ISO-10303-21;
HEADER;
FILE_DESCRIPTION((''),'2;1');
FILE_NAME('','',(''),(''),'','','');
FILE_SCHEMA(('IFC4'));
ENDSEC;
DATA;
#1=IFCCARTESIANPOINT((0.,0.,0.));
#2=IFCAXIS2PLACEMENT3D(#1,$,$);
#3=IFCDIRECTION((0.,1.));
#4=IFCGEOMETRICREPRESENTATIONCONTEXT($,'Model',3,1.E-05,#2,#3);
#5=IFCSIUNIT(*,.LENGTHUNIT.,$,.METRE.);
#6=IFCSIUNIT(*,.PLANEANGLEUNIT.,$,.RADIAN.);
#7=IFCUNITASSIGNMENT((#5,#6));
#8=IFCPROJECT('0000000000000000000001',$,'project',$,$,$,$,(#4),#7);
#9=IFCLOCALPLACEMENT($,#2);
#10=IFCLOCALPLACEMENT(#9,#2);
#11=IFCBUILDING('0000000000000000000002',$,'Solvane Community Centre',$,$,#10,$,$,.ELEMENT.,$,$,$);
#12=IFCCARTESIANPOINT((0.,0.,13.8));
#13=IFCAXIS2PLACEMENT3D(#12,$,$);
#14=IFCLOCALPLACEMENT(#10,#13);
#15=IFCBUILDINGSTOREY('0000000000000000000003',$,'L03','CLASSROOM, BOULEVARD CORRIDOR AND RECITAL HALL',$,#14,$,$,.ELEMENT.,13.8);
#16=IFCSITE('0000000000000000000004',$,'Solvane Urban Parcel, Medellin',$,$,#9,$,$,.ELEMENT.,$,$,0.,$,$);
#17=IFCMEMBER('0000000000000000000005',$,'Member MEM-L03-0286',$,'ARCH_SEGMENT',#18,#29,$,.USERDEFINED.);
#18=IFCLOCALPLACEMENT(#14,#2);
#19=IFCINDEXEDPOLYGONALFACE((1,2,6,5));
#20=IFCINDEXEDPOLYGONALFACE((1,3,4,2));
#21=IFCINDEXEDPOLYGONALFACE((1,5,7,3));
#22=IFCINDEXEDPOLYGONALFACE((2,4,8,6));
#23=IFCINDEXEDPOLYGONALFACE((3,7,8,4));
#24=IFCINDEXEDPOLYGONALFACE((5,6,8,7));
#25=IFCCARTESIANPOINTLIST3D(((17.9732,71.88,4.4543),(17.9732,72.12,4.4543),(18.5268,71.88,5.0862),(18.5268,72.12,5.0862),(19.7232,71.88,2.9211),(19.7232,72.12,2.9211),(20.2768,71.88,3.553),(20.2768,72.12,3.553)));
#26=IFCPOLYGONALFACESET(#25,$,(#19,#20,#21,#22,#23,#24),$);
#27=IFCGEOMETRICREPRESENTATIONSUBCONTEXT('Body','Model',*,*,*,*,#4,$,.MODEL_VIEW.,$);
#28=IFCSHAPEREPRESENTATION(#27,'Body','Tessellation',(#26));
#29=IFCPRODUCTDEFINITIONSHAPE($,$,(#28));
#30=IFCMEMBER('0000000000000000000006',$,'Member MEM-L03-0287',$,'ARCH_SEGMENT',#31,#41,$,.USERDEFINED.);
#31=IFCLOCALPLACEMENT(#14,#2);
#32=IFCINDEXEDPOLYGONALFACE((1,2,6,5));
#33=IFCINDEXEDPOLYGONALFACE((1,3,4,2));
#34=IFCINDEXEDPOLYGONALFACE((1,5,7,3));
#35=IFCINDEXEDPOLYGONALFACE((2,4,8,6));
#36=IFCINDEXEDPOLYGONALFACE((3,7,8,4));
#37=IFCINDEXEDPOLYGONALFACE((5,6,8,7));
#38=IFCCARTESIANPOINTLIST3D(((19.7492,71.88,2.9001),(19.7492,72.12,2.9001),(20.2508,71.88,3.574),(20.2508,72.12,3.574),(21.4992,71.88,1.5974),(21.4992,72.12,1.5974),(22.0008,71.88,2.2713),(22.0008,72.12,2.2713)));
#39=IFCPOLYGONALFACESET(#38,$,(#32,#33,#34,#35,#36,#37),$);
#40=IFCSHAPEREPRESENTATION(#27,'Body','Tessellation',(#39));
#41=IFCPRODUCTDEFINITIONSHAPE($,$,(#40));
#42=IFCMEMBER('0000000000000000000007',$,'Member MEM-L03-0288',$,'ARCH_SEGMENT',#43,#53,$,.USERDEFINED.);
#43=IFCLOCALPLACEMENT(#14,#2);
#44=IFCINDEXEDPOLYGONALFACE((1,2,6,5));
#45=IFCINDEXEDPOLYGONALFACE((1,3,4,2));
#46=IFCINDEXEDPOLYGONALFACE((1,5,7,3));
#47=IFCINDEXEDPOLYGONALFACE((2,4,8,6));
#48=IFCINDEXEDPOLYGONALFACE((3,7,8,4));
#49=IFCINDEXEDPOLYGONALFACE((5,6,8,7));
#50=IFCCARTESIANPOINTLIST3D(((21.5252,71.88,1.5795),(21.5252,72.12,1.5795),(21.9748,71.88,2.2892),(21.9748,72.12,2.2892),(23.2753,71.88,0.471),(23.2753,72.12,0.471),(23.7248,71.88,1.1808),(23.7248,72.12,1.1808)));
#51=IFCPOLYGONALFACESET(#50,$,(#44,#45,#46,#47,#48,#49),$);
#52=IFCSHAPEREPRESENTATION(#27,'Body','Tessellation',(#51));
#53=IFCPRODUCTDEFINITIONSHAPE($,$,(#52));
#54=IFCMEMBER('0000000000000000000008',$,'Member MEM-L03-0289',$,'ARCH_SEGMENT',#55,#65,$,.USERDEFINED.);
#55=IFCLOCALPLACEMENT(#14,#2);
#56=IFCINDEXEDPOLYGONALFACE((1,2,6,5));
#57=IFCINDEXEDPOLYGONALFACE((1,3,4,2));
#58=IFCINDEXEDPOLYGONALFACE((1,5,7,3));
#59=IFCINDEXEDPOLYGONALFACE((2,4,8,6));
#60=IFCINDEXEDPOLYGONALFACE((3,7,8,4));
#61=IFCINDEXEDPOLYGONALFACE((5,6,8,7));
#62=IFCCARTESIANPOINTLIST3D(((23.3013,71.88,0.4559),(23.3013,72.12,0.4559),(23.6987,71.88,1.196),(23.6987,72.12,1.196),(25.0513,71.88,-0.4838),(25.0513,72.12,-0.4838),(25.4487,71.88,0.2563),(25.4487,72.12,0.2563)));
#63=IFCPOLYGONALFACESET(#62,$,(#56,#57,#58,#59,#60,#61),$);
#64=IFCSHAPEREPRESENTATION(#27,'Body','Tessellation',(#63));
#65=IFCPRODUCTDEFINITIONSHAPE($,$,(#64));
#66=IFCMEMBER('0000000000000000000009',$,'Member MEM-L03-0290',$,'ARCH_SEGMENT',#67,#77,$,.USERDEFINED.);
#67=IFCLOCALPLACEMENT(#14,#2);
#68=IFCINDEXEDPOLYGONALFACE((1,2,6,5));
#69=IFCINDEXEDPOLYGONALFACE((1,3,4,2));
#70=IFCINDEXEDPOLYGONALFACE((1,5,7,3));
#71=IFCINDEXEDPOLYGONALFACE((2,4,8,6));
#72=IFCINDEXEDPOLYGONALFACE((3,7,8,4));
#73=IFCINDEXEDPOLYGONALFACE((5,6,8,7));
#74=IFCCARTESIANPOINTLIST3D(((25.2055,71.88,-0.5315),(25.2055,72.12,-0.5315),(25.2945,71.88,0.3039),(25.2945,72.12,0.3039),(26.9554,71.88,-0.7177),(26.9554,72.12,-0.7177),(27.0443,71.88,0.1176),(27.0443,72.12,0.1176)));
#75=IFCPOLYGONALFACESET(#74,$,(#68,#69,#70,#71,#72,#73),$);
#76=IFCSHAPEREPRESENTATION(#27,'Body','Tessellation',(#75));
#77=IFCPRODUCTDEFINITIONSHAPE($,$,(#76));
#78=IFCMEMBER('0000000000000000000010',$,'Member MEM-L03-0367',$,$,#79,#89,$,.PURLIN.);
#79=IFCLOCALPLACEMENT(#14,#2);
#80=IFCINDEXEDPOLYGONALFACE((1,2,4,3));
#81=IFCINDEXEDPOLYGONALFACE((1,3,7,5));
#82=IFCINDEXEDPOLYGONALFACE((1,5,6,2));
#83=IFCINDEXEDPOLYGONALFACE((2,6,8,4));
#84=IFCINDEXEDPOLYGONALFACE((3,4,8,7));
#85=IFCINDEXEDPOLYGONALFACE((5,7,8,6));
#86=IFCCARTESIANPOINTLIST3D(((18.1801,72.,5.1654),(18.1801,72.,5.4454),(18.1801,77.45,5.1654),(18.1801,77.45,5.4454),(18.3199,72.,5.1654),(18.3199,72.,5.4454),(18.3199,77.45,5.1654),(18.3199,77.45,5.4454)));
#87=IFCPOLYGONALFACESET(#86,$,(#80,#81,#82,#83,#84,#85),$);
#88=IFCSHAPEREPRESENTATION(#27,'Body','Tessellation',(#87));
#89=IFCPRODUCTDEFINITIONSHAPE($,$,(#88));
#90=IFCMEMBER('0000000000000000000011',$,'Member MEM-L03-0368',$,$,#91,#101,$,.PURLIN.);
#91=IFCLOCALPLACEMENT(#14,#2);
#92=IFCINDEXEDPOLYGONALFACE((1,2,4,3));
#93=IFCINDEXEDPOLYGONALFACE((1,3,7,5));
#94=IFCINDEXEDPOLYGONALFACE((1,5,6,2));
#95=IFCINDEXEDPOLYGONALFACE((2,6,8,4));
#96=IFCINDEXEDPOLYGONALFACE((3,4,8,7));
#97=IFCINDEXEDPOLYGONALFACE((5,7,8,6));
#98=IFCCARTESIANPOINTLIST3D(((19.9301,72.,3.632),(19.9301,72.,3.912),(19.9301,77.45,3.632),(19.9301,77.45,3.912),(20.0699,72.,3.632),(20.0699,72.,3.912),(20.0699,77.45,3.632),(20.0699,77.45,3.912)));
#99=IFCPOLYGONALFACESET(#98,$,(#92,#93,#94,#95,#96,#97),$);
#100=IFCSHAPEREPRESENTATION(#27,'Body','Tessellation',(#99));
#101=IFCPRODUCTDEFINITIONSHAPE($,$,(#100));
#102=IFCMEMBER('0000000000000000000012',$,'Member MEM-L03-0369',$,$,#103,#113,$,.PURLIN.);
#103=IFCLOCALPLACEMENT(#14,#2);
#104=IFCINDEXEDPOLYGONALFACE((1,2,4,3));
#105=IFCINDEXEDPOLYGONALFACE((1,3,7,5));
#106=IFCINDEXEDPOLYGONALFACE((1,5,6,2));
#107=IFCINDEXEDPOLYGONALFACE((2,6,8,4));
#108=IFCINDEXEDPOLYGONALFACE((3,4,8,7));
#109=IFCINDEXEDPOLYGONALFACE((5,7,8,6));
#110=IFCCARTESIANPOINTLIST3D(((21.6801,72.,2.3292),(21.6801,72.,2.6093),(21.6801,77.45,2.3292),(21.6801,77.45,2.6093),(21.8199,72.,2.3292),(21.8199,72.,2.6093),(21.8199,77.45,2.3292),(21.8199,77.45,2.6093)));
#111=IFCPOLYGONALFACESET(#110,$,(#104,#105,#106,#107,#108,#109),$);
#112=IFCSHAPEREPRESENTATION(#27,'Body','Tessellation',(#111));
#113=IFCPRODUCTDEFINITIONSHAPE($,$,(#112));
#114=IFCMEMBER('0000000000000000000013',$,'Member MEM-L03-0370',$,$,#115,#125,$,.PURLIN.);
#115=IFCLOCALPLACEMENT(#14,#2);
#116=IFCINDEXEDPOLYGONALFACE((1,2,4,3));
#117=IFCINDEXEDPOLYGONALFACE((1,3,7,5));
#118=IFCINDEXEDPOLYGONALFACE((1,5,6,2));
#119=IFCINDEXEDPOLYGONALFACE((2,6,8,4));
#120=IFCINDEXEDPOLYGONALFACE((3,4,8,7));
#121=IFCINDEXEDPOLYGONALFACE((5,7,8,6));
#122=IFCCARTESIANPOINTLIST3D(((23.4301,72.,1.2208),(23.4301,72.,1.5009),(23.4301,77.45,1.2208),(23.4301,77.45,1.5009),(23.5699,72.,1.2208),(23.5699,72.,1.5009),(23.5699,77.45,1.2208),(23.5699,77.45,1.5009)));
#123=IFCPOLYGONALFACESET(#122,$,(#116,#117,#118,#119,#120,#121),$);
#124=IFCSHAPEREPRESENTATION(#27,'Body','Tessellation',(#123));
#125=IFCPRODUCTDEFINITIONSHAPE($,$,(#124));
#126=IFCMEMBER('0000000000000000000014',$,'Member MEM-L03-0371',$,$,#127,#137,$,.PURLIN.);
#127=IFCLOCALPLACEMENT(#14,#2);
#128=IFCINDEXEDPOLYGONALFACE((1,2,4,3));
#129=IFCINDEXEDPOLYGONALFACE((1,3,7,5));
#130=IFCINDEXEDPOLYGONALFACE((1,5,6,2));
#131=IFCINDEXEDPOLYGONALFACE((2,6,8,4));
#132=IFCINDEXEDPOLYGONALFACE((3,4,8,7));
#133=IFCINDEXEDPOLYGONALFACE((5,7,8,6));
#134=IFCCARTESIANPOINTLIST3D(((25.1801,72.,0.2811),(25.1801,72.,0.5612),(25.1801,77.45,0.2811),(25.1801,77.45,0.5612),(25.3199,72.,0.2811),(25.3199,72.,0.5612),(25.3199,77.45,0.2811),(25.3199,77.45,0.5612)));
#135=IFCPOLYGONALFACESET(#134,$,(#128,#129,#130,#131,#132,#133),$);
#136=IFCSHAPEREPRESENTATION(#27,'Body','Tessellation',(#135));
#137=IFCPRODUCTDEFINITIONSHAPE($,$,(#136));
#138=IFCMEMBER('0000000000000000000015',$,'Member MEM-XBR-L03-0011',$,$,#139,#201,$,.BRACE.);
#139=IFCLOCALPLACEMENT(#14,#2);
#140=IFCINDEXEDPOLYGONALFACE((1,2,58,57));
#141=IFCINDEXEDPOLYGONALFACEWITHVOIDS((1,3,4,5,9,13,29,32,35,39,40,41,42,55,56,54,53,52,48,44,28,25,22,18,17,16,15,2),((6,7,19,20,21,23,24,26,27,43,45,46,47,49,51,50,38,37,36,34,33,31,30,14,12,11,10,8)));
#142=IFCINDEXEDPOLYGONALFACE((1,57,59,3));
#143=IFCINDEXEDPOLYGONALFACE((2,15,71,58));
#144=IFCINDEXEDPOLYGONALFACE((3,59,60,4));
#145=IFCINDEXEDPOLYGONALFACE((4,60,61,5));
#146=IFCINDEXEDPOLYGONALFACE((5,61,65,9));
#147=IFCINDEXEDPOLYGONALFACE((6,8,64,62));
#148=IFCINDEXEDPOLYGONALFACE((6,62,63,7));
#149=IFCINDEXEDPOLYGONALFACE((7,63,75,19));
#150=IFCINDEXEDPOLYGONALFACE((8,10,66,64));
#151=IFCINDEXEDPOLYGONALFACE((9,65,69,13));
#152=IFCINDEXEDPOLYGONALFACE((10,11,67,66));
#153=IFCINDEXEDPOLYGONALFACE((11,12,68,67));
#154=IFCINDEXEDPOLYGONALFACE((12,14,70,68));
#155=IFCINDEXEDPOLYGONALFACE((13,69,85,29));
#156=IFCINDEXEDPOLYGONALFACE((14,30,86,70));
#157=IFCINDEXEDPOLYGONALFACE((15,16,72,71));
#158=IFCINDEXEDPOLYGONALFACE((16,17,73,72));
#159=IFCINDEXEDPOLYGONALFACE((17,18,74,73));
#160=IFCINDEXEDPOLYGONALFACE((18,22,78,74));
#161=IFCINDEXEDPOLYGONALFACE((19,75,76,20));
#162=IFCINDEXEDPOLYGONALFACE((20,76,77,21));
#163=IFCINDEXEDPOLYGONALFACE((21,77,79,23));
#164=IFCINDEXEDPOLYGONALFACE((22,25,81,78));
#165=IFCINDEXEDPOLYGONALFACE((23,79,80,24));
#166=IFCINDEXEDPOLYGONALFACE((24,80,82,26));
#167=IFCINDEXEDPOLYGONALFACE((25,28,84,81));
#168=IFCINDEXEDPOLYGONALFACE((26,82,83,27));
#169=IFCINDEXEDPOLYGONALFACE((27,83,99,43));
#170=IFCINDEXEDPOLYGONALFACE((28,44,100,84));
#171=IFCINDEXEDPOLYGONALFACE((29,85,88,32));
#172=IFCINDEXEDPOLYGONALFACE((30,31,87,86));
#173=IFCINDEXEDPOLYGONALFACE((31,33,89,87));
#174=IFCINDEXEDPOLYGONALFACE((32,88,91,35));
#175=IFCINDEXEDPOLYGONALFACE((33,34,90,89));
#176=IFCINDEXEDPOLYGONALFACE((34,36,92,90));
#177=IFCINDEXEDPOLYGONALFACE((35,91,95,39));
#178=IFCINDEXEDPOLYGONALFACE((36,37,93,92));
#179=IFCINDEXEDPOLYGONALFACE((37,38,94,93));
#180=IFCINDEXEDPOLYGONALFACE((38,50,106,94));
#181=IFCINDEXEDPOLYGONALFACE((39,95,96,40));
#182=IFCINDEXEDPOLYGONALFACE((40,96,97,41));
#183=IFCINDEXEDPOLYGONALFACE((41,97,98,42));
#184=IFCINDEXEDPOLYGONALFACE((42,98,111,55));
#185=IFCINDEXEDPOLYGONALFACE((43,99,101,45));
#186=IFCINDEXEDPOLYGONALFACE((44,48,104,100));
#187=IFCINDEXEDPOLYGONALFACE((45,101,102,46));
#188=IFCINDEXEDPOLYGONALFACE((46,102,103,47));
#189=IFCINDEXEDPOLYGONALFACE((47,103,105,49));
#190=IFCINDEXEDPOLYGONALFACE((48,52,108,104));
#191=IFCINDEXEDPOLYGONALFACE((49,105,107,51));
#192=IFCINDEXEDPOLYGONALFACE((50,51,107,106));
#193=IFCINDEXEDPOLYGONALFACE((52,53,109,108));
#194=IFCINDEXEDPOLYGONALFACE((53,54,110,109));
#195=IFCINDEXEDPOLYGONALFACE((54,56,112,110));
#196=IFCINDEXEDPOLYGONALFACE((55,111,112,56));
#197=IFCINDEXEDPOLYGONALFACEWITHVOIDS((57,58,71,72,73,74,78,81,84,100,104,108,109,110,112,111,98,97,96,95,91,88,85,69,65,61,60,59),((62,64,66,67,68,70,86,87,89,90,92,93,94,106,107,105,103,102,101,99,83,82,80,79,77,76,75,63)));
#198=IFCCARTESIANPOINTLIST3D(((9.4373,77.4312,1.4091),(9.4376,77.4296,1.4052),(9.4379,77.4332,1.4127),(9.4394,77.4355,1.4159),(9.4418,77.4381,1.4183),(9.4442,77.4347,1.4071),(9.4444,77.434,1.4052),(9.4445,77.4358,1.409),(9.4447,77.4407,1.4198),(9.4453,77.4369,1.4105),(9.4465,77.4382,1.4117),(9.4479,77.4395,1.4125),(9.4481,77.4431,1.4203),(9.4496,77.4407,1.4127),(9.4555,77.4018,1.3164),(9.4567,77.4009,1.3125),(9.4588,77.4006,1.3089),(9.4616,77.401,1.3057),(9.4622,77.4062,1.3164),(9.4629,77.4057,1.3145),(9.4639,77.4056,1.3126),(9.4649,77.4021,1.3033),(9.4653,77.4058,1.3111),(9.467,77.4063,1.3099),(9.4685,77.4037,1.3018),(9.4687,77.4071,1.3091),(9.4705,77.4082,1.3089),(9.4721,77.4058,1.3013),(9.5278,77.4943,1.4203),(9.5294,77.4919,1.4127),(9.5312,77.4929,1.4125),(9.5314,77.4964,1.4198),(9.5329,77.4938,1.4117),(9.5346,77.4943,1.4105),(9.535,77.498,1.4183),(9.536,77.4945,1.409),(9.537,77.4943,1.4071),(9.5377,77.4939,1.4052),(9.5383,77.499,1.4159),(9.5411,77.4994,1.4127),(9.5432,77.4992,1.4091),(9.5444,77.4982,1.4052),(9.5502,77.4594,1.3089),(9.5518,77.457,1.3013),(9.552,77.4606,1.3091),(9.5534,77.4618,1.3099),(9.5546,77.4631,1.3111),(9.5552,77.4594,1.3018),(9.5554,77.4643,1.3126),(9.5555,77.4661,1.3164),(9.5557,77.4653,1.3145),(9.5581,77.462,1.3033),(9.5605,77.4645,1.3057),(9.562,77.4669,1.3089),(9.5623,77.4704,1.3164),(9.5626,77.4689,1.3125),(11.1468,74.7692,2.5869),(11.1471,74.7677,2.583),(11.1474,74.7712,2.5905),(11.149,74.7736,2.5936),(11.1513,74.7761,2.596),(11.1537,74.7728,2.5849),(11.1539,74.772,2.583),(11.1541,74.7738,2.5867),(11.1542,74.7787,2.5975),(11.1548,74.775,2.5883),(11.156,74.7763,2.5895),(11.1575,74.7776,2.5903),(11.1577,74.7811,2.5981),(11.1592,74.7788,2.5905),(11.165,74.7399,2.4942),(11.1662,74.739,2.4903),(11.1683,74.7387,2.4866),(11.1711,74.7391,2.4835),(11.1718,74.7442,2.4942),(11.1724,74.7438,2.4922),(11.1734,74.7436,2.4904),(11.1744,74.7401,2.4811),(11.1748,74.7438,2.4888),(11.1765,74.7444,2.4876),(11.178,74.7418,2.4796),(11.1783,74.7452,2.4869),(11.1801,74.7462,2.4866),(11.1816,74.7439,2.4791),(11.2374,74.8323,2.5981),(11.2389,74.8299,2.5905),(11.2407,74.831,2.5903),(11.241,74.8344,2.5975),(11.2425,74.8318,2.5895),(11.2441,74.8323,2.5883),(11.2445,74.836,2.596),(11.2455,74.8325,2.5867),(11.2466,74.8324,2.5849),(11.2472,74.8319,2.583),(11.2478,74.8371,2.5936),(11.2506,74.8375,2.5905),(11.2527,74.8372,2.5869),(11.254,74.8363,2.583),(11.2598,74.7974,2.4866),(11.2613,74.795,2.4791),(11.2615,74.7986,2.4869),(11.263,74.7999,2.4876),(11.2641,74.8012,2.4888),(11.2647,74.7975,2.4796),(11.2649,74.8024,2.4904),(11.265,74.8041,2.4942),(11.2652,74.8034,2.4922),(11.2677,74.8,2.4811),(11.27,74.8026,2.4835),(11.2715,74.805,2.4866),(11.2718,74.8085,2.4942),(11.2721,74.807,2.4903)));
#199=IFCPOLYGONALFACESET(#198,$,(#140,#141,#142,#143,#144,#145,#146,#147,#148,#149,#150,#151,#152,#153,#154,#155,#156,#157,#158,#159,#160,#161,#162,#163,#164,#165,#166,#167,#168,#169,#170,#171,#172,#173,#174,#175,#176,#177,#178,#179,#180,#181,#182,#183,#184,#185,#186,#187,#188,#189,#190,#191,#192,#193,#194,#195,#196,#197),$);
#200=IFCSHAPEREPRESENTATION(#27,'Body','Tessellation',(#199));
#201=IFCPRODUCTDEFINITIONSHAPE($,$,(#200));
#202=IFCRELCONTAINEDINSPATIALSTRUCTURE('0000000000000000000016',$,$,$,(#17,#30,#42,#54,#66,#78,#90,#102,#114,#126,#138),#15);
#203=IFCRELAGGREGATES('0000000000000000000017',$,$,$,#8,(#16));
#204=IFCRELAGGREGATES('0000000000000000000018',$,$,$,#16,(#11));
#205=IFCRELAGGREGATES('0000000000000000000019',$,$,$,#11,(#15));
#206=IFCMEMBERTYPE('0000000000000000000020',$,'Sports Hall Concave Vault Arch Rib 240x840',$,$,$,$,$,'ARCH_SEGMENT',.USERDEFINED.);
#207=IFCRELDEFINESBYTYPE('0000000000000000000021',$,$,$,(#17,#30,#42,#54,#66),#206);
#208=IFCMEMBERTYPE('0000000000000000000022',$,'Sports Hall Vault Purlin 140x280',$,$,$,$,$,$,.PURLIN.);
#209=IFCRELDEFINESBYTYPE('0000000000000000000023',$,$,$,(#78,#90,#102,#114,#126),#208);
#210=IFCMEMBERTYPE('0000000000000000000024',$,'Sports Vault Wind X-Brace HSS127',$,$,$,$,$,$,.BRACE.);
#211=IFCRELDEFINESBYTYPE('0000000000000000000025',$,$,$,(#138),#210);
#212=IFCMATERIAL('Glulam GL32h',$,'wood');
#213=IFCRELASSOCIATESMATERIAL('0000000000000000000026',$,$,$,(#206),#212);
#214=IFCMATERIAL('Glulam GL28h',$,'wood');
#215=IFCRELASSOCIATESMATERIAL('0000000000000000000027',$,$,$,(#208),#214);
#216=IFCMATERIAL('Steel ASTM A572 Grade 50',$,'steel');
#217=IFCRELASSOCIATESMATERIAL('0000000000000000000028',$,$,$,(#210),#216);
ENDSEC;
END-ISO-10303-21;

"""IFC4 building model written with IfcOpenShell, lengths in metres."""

from ifc_helpers import new_model, si_unit, direction, frame, origin, origin_2d, place, context, subcontext, project, spatial, rectangle, hollow_rectangle, extrude, material, material_profile, profile_set, type_object, element, save


model = new_model("IFC4")

# Units and contexts
model_context = context("Model", 3, precision=1e-05, world=origin(), true_north=direction((0.0, 1.0)))
body_context = subcontext(model_context, "Body", "Model", "MODEL_VIEW")
ifc_project = project(units=[si_unit("LENGTHUNIT", "METRE"), si_unit("PLANEANGLEUNIT", "RADIAN")], contexts=[model_context])

# Site, building, storey
site_placement = place(None, origin())
site = spatial("IfcSite", under=ifc_project, at=site_placement, Name="Solvane Urban Parcel, Medellin", CompositionType="ELEMENT", RefElevation=0.0)
building_placement = place(site_placement, origin())
building = spatial("IfcBuilding", under=site, at=building_placement, Name="Solvane Community Centre", CompositionType="ELEMENT")
storey_placement = place(building_placement, frame((0.0, 0.0, 13.8)))
storey = spatial("IfcBuildingStorey", under=building, at=storey_placement, Name="L03", Description="CLASSROOM, BOULEVARD CORRIDOR AND RECITAL HALL", CompositionType="ELEMENT", Elevation=13.8)

# Members
ifc_material_1 = material(Name="Glulam GL32h", Category="wood")
ifc_material_profile_1 = material_profile(ifc_material_1, rectangle(XDim=0.24, YDim=0.8401, at=origin_2d()), Name="GL32h 240x840")
ifc_profile_set_1 = profile_set([ifc_material_profile_1], Name="Glulam GL32h")
member_type_1 = type_object("IfcMemberType", Name="Sports Hall Concave Vault Arch Rib 240x840", ElementType="ARCH_SEGMENT", PredefinedType="USERDEFINED", material=ifc_profile_set_1)
member_1_placement = place(storey_placement, frame((18.25, 72.0, 4.7703), z_axis=(0.752161, 0.0, -0.65898), x_axis=(0.0, 1.0, 0.0)))
element("IfcMember", 1, at=member_1_placement, inside=storey, type_object=member_type_1, Name="Member MEM-L03-0286", ObjectType="ARCH_SEGMENT", PredefinedType="USERDEFINED", context=body_context, shape_type="SweptSolid", body=[
    extrude(rectangle(XDim=0.24, YDim=0.8401, at=origin_2d()), origin(), (0.0, 0.0, 1.0), 2.3267),
])
member_2_placement = place(storey_placement, frame((20.0, 72.0, 3.2371), z_axis=(0.802143, 0.0, -0.597131), x_axis=(0.0, 1.0, 0.0)))
element("IfcMember", 2, at=member_2_placement, inside=storey, type_object=member_type_1, Name="Member MEM-L03-0287", ObjectType="ARCH_SEGMENT", PredefinedType="USERDEFINED", context=body_context, shape_type="SweptSolid", body=[
    extrude(rectangle(XDim=0.24, YDim=0.8401, at=origin_2d()), origin(), (0.0, 0.0, 1.0), 2.1816),
])
member_3_placement = place(storey_placement, frame((21.75, 72.0, 1.9343), z_axis=(0.844805, 0.0, -0.535075), x_axis=(0.0, 1.0, 0.0)))
element("IfcMember", 3, at=member_3_placement, inside=storey, type_object=member_type_1, Name="Member MEM-L03-0288", ObjectType="ARCH_SEGMENT", PredefinedType="USERDEFINED", context=body_context, shape_type="SweptSolid", body=[
    extrude(rectangle(XDim=0.24, YDim=0.8401, at=origin_2d()), origin(), (0.0, 0.0, 1.0), 2.0715),
])
member_4_placement = place(storey_placement, frame((23.5, 72.0, 0.8259), z_axis=(0.881019, 0.0, -0.473081), x_axis=(0.0, 1.0, 0.0)))
element("IfcMember", 4, at=member_4_placement, inside=storey, type_object=member_type_1, Name="Member MEM-L03-0289", ObjectType="ARCH_SEGMENT", PredefinedType="USERDEFINED", context=body_context, shape_type="SweptSolid", body=[
    extrude(rectangle(XDim=0.24, YDim=0.8401, at=origin_2d()), origin(), (0.0, 0.0, 1.0), 1.9863),
])
member_5_placement = place(storey_placement, frame((25.25, 72.0, -0.1138), z_axis=(0.994382, 0.0, -0.105847), x_axis=(0.0, 1.0, 0.0)))
element("IfcMember", 5, at=member_5_placement, inside=storey, type_object=member_type_1, Name="Member MEM-L03-0290", ObjectType="ARCH_SEGMENT", PredefinedType="USERDEFINED", context=body_context, shape_type="SweptSolid", body=[
    extrude(rectangle(XDim=0.24, YDim=0.8401, at=origin_2d()), origin(), (0.0, 0.0, 1.0), 1.7598),
])
ifc_material_2 = material(Name="Glulam GL28h", Category="wood")
ifc_material_profile_2 = material_profile(ifc_material_2, rectangle(XDim=0.1399, YDim=0.28, at=origin_2d()), Name="GL28h 140x280")
ifc_profile_set_2 = profile_set([ifc_material_profile_2], Name="Glulam GL28h")
member_type_2 = type_object("IfcMemberType", Name="Sports Hall Vault Purlin 140x280", PredefinedType="PURLIN", material=ifc_profile_set_2)
for number, where, z_axis, x_axis, name in (
    (6, (18.25, 72.0, 5.3054), (0.0, 1.0, 0.0), (-1.0, 0.0, 0.0), "Member MEM-L03-0367"),
    (7, (20.0, 72.0, 3.772), (0.0, 1.0, 0.0), (-1.0, 0.0, 0.0), "Member MEM-L03-0368"),
    (8, (21.75, 72.0, 2.4692), (0.0, 1.0, 0.0), (-1.0, 0.0, 0.0), "Member MEM-L03-0369"),
    (9, (23.5, 72.0, 1.3608), (0.0, 1.0, 0.0), (-1.0, 0.0, 0.0), "Member MEM-L03-0370"),
    (10, (25.25, 72.0, 0.4211), (0.0, 1.0, 0.0), (-1.0, 0.0, 0.0), "Member MEM-L03-0371"),
):
    element("IfcMember", number, at=place(storey_placement, frame(where, z_axis=z_axis, x_axis=x_axis)), inside=storey, type_object=member_type_2, Name=name, PredefinedType="PURLIN", context=body_context, shape_type="SweptSolid", body=[
        extrude(rectangle(XDim=0.1399, YDim=0.28, at=origin_2d()), origin(), (0.0, 0.0, 1.0), 5.45),
    ])
ifc_material_3 = material(Name="Steel ASTM A572 Grade 50", Category="steel")
ifc_material_profile_3 = material_profile(ifc_material_3, hollow_rectangle(XDim=0.127, YDim=0.127, WallThickness=0.0081, InnerFilletRadius=0.0081, OuterFilletRadius=0.0161, at=origin_2d()), Name="HSS 127x127x8.0")
ifc_profile_set_3 = profile_set([ifc_material_profile_3], Name="Steel ASTM A572 Grade 50")
member_type_3 = type_object("IfcMemberType", Name="Sports Vault Wind X-Brace HSS127", PredefinedType="BRACE", material=ifc_profile_set_3)
member_6_placement = place(storey_placement, frame((11.2095, 74.7881, 2.5386), z_axis=(-0.506416, 0.788553, -0.348893), x_axis=(-0.841427, -0.540371, 0.0)))
element("IfcMember", 11, at=member_6_placement, inside=storey, type_object=member_type_3, Name="Member MEM-XBR-L03-0011", PredefinedType="BRACE", context=body_context, shape_type="SweptSolid", body=[
    extrude(hollow_rectangle(XDim=0.127, YDim=0.127, WallThickness=0.0081, InnerFilletRadius=0.0081, OuterFilletRadius=0.0161, at=origin_2d()), origin(), (0.0, 0.0, 1.0), 3.3757),
])

save(model, "model.ifc")
